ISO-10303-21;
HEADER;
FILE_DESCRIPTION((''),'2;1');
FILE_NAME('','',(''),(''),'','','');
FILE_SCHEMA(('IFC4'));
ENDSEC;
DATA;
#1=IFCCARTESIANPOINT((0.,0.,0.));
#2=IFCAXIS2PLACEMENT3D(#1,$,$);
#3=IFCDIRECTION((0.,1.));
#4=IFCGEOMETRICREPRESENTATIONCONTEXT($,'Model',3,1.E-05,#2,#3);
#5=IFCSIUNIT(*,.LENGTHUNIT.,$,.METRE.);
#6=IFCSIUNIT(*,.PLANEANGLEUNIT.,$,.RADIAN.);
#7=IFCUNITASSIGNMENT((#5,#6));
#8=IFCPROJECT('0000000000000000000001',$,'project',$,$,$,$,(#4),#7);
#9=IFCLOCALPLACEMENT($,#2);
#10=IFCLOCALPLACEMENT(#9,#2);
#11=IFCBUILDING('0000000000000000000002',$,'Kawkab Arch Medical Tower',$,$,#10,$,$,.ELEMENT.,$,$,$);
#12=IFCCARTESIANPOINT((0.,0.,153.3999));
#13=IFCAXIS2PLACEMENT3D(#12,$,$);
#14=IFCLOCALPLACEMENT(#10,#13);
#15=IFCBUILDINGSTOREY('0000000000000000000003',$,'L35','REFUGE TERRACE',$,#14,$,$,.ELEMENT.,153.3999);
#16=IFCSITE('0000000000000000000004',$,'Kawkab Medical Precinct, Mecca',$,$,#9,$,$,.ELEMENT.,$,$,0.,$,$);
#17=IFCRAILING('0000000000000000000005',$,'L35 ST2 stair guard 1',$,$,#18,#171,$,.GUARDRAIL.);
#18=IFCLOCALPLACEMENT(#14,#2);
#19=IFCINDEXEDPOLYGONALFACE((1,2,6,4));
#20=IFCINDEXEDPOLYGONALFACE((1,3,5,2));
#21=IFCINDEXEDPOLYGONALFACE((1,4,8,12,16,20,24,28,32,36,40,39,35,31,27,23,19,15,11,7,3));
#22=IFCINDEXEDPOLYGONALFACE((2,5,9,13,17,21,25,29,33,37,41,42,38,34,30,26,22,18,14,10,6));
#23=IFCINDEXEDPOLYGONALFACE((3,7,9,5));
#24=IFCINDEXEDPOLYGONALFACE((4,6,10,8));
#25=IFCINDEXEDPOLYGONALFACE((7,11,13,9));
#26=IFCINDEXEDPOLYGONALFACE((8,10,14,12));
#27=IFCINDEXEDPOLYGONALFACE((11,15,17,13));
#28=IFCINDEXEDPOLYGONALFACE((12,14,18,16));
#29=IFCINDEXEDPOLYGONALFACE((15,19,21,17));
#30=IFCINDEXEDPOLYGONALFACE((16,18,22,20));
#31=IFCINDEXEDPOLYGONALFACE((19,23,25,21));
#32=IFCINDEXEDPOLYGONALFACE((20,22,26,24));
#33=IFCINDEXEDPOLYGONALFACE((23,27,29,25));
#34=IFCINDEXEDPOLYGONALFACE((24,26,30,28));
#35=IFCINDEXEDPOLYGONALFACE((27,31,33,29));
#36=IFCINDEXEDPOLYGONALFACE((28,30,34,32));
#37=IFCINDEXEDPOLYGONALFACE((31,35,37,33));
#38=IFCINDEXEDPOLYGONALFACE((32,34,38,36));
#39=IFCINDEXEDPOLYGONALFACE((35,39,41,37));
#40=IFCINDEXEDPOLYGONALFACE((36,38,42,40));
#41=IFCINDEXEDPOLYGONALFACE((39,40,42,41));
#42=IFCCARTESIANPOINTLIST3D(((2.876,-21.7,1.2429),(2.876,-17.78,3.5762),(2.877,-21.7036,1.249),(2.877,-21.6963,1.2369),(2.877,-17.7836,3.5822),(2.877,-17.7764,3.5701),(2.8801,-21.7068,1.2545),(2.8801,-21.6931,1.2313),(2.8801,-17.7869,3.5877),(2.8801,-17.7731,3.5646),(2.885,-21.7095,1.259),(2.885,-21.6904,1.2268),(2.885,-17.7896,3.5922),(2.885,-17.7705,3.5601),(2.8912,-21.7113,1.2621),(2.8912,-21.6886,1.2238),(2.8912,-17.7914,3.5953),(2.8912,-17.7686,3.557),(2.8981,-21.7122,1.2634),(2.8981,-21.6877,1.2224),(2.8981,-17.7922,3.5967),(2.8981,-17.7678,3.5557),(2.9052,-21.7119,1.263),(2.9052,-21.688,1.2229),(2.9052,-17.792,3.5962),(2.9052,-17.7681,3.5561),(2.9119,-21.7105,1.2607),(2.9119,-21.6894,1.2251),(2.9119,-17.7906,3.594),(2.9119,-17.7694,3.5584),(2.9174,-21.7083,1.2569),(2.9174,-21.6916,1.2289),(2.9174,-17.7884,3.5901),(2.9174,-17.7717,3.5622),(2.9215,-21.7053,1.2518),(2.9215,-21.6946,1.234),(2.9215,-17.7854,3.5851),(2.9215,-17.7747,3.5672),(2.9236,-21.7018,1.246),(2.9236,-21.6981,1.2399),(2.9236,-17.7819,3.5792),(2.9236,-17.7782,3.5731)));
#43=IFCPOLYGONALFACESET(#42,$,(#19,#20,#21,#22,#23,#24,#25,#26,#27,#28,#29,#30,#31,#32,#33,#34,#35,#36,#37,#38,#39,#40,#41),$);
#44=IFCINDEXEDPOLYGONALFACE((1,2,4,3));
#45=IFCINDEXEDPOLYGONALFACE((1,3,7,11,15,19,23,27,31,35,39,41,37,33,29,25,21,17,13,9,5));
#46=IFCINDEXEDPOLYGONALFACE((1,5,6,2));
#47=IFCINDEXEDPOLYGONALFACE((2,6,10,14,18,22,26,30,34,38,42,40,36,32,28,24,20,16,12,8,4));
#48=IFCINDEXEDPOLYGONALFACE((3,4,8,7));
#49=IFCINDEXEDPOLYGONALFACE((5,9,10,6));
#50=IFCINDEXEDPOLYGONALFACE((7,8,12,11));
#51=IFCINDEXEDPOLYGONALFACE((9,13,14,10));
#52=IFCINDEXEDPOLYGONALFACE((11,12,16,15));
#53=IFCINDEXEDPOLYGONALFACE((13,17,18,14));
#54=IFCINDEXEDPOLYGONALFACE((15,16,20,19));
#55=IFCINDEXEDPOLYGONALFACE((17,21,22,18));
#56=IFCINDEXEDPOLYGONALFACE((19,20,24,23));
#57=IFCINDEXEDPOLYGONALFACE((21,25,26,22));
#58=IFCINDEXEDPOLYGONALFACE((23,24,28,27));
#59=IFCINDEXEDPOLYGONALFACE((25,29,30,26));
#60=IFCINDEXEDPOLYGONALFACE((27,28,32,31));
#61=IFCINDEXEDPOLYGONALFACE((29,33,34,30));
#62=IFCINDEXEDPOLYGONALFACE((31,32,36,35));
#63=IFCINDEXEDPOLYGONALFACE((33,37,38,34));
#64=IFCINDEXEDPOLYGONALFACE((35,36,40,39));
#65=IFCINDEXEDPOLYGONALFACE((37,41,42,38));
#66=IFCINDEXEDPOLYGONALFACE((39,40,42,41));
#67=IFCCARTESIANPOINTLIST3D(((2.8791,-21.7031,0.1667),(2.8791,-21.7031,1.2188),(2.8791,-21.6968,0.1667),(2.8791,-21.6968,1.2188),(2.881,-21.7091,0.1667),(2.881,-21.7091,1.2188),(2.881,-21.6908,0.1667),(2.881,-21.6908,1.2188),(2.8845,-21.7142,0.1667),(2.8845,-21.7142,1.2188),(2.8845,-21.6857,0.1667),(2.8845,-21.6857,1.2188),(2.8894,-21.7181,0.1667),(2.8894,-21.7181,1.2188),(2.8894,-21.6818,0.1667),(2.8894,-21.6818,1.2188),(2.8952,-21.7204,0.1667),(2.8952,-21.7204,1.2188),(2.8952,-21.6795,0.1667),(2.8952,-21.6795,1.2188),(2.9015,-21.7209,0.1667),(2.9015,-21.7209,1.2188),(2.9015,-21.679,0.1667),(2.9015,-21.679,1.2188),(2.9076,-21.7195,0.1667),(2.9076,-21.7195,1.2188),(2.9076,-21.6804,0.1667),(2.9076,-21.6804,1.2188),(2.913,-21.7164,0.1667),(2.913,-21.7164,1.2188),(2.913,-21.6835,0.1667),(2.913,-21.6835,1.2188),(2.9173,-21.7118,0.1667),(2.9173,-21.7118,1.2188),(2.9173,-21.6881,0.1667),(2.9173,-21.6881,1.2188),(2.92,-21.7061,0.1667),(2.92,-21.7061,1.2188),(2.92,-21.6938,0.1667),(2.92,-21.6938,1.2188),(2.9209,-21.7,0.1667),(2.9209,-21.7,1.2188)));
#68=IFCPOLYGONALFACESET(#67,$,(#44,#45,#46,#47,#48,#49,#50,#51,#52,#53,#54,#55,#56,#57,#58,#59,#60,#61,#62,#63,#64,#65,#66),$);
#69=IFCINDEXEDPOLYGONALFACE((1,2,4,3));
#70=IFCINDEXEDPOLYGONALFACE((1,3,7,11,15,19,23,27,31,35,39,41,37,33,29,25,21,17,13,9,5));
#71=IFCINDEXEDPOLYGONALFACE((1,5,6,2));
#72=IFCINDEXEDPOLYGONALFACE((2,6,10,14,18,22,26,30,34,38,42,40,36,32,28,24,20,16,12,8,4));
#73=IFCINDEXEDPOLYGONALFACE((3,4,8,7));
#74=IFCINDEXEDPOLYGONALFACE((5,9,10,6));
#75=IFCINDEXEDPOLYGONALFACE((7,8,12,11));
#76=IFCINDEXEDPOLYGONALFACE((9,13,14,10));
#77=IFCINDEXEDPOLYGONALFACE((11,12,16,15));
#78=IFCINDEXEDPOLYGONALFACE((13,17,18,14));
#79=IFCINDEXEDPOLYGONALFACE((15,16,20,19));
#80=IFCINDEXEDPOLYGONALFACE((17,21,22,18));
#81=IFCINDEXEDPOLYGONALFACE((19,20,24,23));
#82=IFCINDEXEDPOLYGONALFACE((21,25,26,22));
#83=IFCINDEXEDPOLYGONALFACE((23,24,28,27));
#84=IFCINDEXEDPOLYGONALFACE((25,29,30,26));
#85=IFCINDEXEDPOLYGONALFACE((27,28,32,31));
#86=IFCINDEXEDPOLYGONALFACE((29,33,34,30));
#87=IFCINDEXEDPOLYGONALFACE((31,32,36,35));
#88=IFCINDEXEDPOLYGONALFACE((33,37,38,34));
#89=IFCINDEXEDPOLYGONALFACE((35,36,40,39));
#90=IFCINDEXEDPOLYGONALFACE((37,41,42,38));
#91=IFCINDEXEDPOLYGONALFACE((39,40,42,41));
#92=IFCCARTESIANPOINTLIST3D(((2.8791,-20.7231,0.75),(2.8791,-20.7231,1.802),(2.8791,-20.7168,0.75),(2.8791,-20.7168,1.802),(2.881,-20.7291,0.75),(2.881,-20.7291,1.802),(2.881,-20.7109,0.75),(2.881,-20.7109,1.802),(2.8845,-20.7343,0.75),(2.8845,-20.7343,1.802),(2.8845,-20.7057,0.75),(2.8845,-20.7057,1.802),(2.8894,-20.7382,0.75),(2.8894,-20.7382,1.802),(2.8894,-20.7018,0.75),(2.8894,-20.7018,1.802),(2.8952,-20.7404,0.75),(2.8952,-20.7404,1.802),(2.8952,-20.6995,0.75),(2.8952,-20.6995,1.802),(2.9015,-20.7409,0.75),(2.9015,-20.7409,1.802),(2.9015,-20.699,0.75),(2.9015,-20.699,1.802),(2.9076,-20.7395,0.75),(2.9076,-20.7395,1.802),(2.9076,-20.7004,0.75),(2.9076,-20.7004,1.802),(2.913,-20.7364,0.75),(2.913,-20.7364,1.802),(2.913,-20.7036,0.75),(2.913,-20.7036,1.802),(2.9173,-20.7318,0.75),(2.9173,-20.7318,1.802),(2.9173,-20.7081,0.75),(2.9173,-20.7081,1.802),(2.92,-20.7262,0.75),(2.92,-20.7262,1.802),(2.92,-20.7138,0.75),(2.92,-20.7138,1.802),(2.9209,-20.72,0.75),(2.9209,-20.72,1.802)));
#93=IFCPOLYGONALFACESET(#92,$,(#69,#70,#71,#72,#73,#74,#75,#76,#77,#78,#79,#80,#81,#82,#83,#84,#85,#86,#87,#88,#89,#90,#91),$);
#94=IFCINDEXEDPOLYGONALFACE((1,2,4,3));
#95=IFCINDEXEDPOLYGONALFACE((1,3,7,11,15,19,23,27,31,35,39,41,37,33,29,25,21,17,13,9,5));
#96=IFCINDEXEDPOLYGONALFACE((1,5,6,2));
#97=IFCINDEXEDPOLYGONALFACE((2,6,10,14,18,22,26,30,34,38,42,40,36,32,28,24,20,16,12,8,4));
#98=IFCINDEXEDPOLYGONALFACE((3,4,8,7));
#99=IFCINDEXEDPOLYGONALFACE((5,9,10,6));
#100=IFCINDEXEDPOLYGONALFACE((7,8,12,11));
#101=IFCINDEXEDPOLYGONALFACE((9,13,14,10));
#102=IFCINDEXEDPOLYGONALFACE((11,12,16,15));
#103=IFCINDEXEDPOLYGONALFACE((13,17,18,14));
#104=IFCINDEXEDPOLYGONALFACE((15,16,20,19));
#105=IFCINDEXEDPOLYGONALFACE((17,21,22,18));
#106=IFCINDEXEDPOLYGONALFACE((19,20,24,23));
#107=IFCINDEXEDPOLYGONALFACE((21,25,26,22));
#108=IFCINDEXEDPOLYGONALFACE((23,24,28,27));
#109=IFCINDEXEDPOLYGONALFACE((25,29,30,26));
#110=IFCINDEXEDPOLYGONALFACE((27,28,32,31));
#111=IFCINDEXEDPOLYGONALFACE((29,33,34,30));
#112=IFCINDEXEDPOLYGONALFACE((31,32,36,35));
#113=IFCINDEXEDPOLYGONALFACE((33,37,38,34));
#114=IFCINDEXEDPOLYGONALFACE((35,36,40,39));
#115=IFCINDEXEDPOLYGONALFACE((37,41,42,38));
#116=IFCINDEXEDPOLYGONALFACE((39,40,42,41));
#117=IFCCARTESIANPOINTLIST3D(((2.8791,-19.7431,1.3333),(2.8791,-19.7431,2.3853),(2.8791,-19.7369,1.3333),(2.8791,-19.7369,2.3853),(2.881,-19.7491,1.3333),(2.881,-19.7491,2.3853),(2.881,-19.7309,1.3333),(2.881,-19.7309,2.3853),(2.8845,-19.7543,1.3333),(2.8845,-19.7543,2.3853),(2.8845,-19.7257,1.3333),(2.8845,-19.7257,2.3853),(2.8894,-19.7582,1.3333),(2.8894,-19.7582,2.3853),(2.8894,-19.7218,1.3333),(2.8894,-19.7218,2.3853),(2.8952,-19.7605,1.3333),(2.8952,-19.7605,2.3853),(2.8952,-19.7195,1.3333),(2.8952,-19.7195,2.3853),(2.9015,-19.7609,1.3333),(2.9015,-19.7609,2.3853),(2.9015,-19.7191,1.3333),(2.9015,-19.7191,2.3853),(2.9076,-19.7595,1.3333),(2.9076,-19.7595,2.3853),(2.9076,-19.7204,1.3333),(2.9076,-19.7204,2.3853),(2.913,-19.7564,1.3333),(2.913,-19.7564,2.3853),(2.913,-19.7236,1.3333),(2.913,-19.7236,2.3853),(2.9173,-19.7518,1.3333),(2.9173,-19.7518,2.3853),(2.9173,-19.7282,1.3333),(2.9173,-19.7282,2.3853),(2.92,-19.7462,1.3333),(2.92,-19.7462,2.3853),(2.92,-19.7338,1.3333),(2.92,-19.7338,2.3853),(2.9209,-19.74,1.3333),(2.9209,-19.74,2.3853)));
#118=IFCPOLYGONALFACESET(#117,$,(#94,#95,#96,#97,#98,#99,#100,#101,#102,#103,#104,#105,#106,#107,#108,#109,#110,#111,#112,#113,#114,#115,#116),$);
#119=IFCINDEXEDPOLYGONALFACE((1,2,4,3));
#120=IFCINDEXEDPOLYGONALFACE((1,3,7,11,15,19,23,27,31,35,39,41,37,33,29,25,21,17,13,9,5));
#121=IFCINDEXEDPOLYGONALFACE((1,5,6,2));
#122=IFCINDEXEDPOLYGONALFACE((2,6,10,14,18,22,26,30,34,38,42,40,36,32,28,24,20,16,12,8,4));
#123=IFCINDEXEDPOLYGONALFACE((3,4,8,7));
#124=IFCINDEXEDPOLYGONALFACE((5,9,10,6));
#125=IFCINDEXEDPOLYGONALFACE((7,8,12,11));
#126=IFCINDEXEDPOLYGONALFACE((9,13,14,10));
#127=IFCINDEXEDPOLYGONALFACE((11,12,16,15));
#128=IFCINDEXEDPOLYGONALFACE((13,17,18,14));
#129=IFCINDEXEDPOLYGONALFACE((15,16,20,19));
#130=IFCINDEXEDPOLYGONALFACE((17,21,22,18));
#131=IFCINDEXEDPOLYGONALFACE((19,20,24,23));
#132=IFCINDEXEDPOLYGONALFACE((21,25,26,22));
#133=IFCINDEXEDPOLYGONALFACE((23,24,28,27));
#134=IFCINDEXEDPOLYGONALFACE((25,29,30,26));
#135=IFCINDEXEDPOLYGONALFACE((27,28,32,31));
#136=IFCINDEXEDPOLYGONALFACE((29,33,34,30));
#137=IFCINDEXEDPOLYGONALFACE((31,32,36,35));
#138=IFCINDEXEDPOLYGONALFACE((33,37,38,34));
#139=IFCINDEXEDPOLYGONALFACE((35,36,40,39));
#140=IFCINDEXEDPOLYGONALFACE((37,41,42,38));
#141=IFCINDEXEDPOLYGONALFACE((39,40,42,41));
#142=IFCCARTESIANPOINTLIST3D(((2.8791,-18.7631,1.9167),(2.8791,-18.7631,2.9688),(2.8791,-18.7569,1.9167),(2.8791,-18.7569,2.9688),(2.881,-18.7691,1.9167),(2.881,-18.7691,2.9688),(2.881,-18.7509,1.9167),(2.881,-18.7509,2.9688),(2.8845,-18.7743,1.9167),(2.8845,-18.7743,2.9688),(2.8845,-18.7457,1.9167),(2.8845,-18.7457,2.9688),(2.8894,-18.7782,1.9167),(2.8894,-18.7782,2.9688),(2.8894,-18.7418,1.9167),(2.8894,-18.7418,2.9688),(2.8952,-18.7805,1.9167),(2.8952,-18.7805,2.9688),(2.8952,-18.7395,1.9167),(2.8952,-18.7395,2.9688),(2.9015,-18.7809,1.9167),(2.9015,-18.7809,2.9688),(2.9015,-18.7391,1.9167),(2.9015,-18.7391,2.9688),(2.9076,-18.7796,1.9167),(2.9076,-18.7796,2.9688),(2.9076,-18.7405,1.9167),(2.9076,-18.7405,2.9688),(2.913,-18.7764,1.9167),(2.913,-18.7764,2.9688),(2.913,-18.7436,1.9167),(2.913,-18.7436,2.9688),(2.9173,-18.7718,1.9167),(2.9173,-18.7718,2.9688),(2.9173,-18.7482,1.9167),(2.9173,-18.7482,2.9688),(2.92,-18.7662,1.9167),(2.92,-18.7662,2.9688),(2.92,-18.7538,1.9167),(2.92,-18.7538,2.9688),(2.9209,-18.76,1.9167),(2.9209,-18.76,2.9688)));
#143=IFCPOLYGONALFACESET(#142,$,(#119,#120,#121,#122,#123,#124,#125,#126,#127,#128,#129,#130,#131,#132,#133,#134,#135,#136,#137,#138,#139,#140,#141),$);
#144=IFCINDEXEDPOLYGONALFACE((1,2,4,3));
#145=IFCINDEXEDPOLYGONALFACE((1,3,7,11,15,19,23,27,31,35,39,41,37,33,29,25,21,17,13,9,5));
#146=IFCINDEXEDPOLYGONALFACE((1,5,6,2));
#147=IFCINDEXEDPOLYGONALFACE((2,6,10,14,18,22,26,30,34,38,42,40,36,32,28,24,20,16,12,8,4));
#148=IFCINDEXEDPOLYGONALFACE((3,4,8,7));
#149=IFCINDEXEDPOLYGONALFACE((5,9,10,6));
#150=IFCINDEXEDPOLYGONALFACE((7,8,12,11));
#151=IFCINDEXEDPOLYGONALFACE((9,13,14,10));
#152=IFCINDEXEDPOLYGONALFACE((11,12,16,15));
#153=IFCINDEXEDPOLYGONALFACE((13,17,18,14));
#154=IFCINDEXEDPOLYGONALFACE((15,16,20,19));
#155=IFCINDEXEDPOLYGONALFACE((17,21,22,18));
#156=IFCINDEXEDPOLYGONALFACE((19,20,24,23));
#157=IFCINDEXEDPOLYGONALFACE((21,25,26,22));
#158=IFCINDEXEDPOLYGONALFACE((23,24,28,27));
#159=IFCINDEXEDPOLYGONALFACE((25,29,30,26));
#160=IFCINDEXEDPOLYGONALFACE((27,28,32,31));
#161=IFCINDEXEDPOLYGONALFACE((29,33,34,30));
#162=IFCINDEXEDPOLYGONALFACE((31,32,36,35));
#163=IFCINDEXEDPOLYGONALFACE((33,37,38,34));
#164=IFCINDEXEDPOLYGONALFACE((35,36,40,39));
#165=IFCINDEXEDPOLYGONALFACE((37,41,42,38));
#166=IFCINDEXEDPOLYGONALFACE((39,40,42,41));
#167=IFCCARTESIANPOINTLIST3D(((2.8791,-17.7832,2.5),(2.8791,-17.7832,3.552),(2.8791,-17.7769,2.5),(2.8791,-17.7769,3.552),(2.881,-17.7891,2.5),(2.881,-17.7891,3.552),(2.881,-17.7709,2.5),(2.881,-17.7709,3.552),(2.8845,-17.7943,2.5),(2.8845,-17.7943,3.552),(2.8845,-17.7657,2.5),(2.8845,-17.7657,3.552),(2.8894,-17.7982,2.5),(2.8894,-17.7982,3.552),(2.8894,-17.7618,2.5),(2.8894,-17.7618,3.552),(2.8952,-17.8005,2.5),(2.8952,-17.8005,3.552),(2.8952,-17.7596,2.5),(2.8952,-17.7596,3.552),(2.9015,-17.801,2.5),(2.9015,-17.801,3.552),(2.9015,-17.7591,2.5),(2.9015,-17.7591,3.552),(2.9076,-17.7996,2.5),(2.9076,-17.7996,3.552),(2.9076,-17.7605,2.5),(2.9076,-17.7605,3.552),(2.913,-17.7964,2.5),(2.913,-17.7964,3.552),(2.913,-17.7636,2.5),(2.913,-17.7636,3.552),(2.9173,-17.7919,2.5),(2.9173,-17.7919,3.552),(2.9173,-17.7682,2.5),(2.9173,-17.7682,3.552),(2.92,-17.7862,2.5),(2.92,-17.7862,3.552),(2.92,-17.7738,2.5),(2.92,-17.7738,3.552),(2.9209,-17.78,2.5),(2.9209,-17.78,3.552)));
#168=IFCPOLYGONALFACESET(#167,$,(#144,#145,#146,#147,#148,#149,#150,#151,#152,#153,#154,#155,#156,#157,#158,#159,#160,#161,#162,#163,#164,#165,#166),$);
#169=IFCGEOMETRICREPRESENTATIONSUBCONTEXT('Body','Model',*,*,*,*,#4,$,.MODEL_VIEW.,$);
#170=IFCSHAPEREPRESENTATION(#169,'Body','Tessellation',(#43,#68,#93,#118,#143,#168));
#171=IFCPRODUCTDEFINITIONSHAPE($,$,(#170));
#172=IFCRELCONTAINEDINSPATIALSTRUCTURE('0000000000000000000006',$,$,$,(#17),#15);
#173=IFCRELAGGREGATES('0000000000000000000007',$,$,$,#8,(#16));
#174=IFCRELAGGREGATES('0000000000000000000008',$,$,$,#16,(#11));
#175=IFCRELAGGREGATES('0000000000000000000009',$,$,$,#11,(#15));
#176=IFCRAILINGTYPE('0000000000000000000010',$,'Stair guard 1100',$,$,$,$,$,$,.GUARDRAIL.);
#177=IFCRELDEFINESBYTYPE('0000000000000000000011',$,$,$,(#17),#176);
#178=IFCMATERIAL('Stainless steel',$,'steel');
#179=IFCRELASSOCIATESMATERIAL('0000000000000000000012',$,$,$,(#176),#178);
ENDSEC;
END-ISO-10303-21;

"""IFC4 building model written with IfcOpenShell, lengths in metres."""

from ifc_helpers import new_model, si_unit, direction, frame, origin, origin_2d, place, context, subcontext, project, spatial, circle, extrude, material, type_object, element, save


model = new_model("IFC4")

# Units and contexts
model_context = context("Model", 3, precision=1e-05, world=origin(), true_north=direction((0.0, 1.0)))
body_context = subcontext(model_context, "Body", "Model", "MODEL_VIEW")
ifc_project = project(units=[si_unit("LENGTHUNIT", "METRE"), si_unit("PLANEANGLEUNIT", "RADIAN")], contexts=[model_context])

# Site, building, storey
site_placement = place(None, origin())
site = spatial("IfcSite", under=ifc_project, at=site_placement, Name="Kawkab Medical Precinct, Mecca", CompositionType="ELEMENT", RefElevation=0.0)
building_placement = place(site_placement, origin())
building = spatial("IfcBuilding", under=site, at=building_placement, Name="Kawkab Arch Medical Tower", CompositionType="ELEMENT")
storey_placement = place(building_placement, frame((0.0, 0.0, 153.3999)))
storey = spatial("IfcBuildingStorey", under=building, at=storey_placement, Name="L35", Description="REFUGE TERRACE", CompositionType="ELEMENT", Elevation=153.3999)

# Railing
ifc_material_1 = material(Name="Stainless steel", Category="steel")
railing_type_1 = type_object("IfcRailingType", Name="Stair guard 1100", PredefinedType="GUARDRAIL", material=ifc_material_1)
railing_1_placement = place(storey_placement, frame((2.8999, -21.7, 0.1667)))
element("IfcRailing", 1, at=railing_1_placement, inside=storey, type_object=railing_type_1, Name="L35 ST2 stair guard 1", PredefinedType="GUARDRAIL", context=body_context, shape_type="SweptSolid", body=[
    extrude(circle(Radius=0.0239, at=origin_2d()), frame((0.0, 0.0, 1.0762), z_axis=(0.0, 0.859296, 0.511478), x_axis=(-1.0, 0.0, 0.0)), (0.0, 0.0, 1.0), 4.5618),
    extrude(circle(Radius=0.021, at=origin_2d()), origin(), (0.0, 0.0, 1.0), 1.052),
    extrude(circle(Radius=0.021, at=origin_2d()), frame((0.0, 0.98, 0.5833)), (0.0, 0.0, 1.0), 1.052),
    extrude(circle(Radius=0.021, at=origin_2d()), frame((0.0, 1.96, 1.1665)), (0.0, 0.0, 1.0), 1.052),
    extrude(circle(Radius=0.021, at=origin_2d()), frame((0.0, 2.9399, 1.75)), (0.0, 0.0, 1.0), 1.052),
    extrude(circle(Radius=0.021, at=origin_2d()), frame((0.0, 3.9199, 2.3333)), (0.0, 0.0, 1.0), 1.052),
])

save(model, "model.ifc")
